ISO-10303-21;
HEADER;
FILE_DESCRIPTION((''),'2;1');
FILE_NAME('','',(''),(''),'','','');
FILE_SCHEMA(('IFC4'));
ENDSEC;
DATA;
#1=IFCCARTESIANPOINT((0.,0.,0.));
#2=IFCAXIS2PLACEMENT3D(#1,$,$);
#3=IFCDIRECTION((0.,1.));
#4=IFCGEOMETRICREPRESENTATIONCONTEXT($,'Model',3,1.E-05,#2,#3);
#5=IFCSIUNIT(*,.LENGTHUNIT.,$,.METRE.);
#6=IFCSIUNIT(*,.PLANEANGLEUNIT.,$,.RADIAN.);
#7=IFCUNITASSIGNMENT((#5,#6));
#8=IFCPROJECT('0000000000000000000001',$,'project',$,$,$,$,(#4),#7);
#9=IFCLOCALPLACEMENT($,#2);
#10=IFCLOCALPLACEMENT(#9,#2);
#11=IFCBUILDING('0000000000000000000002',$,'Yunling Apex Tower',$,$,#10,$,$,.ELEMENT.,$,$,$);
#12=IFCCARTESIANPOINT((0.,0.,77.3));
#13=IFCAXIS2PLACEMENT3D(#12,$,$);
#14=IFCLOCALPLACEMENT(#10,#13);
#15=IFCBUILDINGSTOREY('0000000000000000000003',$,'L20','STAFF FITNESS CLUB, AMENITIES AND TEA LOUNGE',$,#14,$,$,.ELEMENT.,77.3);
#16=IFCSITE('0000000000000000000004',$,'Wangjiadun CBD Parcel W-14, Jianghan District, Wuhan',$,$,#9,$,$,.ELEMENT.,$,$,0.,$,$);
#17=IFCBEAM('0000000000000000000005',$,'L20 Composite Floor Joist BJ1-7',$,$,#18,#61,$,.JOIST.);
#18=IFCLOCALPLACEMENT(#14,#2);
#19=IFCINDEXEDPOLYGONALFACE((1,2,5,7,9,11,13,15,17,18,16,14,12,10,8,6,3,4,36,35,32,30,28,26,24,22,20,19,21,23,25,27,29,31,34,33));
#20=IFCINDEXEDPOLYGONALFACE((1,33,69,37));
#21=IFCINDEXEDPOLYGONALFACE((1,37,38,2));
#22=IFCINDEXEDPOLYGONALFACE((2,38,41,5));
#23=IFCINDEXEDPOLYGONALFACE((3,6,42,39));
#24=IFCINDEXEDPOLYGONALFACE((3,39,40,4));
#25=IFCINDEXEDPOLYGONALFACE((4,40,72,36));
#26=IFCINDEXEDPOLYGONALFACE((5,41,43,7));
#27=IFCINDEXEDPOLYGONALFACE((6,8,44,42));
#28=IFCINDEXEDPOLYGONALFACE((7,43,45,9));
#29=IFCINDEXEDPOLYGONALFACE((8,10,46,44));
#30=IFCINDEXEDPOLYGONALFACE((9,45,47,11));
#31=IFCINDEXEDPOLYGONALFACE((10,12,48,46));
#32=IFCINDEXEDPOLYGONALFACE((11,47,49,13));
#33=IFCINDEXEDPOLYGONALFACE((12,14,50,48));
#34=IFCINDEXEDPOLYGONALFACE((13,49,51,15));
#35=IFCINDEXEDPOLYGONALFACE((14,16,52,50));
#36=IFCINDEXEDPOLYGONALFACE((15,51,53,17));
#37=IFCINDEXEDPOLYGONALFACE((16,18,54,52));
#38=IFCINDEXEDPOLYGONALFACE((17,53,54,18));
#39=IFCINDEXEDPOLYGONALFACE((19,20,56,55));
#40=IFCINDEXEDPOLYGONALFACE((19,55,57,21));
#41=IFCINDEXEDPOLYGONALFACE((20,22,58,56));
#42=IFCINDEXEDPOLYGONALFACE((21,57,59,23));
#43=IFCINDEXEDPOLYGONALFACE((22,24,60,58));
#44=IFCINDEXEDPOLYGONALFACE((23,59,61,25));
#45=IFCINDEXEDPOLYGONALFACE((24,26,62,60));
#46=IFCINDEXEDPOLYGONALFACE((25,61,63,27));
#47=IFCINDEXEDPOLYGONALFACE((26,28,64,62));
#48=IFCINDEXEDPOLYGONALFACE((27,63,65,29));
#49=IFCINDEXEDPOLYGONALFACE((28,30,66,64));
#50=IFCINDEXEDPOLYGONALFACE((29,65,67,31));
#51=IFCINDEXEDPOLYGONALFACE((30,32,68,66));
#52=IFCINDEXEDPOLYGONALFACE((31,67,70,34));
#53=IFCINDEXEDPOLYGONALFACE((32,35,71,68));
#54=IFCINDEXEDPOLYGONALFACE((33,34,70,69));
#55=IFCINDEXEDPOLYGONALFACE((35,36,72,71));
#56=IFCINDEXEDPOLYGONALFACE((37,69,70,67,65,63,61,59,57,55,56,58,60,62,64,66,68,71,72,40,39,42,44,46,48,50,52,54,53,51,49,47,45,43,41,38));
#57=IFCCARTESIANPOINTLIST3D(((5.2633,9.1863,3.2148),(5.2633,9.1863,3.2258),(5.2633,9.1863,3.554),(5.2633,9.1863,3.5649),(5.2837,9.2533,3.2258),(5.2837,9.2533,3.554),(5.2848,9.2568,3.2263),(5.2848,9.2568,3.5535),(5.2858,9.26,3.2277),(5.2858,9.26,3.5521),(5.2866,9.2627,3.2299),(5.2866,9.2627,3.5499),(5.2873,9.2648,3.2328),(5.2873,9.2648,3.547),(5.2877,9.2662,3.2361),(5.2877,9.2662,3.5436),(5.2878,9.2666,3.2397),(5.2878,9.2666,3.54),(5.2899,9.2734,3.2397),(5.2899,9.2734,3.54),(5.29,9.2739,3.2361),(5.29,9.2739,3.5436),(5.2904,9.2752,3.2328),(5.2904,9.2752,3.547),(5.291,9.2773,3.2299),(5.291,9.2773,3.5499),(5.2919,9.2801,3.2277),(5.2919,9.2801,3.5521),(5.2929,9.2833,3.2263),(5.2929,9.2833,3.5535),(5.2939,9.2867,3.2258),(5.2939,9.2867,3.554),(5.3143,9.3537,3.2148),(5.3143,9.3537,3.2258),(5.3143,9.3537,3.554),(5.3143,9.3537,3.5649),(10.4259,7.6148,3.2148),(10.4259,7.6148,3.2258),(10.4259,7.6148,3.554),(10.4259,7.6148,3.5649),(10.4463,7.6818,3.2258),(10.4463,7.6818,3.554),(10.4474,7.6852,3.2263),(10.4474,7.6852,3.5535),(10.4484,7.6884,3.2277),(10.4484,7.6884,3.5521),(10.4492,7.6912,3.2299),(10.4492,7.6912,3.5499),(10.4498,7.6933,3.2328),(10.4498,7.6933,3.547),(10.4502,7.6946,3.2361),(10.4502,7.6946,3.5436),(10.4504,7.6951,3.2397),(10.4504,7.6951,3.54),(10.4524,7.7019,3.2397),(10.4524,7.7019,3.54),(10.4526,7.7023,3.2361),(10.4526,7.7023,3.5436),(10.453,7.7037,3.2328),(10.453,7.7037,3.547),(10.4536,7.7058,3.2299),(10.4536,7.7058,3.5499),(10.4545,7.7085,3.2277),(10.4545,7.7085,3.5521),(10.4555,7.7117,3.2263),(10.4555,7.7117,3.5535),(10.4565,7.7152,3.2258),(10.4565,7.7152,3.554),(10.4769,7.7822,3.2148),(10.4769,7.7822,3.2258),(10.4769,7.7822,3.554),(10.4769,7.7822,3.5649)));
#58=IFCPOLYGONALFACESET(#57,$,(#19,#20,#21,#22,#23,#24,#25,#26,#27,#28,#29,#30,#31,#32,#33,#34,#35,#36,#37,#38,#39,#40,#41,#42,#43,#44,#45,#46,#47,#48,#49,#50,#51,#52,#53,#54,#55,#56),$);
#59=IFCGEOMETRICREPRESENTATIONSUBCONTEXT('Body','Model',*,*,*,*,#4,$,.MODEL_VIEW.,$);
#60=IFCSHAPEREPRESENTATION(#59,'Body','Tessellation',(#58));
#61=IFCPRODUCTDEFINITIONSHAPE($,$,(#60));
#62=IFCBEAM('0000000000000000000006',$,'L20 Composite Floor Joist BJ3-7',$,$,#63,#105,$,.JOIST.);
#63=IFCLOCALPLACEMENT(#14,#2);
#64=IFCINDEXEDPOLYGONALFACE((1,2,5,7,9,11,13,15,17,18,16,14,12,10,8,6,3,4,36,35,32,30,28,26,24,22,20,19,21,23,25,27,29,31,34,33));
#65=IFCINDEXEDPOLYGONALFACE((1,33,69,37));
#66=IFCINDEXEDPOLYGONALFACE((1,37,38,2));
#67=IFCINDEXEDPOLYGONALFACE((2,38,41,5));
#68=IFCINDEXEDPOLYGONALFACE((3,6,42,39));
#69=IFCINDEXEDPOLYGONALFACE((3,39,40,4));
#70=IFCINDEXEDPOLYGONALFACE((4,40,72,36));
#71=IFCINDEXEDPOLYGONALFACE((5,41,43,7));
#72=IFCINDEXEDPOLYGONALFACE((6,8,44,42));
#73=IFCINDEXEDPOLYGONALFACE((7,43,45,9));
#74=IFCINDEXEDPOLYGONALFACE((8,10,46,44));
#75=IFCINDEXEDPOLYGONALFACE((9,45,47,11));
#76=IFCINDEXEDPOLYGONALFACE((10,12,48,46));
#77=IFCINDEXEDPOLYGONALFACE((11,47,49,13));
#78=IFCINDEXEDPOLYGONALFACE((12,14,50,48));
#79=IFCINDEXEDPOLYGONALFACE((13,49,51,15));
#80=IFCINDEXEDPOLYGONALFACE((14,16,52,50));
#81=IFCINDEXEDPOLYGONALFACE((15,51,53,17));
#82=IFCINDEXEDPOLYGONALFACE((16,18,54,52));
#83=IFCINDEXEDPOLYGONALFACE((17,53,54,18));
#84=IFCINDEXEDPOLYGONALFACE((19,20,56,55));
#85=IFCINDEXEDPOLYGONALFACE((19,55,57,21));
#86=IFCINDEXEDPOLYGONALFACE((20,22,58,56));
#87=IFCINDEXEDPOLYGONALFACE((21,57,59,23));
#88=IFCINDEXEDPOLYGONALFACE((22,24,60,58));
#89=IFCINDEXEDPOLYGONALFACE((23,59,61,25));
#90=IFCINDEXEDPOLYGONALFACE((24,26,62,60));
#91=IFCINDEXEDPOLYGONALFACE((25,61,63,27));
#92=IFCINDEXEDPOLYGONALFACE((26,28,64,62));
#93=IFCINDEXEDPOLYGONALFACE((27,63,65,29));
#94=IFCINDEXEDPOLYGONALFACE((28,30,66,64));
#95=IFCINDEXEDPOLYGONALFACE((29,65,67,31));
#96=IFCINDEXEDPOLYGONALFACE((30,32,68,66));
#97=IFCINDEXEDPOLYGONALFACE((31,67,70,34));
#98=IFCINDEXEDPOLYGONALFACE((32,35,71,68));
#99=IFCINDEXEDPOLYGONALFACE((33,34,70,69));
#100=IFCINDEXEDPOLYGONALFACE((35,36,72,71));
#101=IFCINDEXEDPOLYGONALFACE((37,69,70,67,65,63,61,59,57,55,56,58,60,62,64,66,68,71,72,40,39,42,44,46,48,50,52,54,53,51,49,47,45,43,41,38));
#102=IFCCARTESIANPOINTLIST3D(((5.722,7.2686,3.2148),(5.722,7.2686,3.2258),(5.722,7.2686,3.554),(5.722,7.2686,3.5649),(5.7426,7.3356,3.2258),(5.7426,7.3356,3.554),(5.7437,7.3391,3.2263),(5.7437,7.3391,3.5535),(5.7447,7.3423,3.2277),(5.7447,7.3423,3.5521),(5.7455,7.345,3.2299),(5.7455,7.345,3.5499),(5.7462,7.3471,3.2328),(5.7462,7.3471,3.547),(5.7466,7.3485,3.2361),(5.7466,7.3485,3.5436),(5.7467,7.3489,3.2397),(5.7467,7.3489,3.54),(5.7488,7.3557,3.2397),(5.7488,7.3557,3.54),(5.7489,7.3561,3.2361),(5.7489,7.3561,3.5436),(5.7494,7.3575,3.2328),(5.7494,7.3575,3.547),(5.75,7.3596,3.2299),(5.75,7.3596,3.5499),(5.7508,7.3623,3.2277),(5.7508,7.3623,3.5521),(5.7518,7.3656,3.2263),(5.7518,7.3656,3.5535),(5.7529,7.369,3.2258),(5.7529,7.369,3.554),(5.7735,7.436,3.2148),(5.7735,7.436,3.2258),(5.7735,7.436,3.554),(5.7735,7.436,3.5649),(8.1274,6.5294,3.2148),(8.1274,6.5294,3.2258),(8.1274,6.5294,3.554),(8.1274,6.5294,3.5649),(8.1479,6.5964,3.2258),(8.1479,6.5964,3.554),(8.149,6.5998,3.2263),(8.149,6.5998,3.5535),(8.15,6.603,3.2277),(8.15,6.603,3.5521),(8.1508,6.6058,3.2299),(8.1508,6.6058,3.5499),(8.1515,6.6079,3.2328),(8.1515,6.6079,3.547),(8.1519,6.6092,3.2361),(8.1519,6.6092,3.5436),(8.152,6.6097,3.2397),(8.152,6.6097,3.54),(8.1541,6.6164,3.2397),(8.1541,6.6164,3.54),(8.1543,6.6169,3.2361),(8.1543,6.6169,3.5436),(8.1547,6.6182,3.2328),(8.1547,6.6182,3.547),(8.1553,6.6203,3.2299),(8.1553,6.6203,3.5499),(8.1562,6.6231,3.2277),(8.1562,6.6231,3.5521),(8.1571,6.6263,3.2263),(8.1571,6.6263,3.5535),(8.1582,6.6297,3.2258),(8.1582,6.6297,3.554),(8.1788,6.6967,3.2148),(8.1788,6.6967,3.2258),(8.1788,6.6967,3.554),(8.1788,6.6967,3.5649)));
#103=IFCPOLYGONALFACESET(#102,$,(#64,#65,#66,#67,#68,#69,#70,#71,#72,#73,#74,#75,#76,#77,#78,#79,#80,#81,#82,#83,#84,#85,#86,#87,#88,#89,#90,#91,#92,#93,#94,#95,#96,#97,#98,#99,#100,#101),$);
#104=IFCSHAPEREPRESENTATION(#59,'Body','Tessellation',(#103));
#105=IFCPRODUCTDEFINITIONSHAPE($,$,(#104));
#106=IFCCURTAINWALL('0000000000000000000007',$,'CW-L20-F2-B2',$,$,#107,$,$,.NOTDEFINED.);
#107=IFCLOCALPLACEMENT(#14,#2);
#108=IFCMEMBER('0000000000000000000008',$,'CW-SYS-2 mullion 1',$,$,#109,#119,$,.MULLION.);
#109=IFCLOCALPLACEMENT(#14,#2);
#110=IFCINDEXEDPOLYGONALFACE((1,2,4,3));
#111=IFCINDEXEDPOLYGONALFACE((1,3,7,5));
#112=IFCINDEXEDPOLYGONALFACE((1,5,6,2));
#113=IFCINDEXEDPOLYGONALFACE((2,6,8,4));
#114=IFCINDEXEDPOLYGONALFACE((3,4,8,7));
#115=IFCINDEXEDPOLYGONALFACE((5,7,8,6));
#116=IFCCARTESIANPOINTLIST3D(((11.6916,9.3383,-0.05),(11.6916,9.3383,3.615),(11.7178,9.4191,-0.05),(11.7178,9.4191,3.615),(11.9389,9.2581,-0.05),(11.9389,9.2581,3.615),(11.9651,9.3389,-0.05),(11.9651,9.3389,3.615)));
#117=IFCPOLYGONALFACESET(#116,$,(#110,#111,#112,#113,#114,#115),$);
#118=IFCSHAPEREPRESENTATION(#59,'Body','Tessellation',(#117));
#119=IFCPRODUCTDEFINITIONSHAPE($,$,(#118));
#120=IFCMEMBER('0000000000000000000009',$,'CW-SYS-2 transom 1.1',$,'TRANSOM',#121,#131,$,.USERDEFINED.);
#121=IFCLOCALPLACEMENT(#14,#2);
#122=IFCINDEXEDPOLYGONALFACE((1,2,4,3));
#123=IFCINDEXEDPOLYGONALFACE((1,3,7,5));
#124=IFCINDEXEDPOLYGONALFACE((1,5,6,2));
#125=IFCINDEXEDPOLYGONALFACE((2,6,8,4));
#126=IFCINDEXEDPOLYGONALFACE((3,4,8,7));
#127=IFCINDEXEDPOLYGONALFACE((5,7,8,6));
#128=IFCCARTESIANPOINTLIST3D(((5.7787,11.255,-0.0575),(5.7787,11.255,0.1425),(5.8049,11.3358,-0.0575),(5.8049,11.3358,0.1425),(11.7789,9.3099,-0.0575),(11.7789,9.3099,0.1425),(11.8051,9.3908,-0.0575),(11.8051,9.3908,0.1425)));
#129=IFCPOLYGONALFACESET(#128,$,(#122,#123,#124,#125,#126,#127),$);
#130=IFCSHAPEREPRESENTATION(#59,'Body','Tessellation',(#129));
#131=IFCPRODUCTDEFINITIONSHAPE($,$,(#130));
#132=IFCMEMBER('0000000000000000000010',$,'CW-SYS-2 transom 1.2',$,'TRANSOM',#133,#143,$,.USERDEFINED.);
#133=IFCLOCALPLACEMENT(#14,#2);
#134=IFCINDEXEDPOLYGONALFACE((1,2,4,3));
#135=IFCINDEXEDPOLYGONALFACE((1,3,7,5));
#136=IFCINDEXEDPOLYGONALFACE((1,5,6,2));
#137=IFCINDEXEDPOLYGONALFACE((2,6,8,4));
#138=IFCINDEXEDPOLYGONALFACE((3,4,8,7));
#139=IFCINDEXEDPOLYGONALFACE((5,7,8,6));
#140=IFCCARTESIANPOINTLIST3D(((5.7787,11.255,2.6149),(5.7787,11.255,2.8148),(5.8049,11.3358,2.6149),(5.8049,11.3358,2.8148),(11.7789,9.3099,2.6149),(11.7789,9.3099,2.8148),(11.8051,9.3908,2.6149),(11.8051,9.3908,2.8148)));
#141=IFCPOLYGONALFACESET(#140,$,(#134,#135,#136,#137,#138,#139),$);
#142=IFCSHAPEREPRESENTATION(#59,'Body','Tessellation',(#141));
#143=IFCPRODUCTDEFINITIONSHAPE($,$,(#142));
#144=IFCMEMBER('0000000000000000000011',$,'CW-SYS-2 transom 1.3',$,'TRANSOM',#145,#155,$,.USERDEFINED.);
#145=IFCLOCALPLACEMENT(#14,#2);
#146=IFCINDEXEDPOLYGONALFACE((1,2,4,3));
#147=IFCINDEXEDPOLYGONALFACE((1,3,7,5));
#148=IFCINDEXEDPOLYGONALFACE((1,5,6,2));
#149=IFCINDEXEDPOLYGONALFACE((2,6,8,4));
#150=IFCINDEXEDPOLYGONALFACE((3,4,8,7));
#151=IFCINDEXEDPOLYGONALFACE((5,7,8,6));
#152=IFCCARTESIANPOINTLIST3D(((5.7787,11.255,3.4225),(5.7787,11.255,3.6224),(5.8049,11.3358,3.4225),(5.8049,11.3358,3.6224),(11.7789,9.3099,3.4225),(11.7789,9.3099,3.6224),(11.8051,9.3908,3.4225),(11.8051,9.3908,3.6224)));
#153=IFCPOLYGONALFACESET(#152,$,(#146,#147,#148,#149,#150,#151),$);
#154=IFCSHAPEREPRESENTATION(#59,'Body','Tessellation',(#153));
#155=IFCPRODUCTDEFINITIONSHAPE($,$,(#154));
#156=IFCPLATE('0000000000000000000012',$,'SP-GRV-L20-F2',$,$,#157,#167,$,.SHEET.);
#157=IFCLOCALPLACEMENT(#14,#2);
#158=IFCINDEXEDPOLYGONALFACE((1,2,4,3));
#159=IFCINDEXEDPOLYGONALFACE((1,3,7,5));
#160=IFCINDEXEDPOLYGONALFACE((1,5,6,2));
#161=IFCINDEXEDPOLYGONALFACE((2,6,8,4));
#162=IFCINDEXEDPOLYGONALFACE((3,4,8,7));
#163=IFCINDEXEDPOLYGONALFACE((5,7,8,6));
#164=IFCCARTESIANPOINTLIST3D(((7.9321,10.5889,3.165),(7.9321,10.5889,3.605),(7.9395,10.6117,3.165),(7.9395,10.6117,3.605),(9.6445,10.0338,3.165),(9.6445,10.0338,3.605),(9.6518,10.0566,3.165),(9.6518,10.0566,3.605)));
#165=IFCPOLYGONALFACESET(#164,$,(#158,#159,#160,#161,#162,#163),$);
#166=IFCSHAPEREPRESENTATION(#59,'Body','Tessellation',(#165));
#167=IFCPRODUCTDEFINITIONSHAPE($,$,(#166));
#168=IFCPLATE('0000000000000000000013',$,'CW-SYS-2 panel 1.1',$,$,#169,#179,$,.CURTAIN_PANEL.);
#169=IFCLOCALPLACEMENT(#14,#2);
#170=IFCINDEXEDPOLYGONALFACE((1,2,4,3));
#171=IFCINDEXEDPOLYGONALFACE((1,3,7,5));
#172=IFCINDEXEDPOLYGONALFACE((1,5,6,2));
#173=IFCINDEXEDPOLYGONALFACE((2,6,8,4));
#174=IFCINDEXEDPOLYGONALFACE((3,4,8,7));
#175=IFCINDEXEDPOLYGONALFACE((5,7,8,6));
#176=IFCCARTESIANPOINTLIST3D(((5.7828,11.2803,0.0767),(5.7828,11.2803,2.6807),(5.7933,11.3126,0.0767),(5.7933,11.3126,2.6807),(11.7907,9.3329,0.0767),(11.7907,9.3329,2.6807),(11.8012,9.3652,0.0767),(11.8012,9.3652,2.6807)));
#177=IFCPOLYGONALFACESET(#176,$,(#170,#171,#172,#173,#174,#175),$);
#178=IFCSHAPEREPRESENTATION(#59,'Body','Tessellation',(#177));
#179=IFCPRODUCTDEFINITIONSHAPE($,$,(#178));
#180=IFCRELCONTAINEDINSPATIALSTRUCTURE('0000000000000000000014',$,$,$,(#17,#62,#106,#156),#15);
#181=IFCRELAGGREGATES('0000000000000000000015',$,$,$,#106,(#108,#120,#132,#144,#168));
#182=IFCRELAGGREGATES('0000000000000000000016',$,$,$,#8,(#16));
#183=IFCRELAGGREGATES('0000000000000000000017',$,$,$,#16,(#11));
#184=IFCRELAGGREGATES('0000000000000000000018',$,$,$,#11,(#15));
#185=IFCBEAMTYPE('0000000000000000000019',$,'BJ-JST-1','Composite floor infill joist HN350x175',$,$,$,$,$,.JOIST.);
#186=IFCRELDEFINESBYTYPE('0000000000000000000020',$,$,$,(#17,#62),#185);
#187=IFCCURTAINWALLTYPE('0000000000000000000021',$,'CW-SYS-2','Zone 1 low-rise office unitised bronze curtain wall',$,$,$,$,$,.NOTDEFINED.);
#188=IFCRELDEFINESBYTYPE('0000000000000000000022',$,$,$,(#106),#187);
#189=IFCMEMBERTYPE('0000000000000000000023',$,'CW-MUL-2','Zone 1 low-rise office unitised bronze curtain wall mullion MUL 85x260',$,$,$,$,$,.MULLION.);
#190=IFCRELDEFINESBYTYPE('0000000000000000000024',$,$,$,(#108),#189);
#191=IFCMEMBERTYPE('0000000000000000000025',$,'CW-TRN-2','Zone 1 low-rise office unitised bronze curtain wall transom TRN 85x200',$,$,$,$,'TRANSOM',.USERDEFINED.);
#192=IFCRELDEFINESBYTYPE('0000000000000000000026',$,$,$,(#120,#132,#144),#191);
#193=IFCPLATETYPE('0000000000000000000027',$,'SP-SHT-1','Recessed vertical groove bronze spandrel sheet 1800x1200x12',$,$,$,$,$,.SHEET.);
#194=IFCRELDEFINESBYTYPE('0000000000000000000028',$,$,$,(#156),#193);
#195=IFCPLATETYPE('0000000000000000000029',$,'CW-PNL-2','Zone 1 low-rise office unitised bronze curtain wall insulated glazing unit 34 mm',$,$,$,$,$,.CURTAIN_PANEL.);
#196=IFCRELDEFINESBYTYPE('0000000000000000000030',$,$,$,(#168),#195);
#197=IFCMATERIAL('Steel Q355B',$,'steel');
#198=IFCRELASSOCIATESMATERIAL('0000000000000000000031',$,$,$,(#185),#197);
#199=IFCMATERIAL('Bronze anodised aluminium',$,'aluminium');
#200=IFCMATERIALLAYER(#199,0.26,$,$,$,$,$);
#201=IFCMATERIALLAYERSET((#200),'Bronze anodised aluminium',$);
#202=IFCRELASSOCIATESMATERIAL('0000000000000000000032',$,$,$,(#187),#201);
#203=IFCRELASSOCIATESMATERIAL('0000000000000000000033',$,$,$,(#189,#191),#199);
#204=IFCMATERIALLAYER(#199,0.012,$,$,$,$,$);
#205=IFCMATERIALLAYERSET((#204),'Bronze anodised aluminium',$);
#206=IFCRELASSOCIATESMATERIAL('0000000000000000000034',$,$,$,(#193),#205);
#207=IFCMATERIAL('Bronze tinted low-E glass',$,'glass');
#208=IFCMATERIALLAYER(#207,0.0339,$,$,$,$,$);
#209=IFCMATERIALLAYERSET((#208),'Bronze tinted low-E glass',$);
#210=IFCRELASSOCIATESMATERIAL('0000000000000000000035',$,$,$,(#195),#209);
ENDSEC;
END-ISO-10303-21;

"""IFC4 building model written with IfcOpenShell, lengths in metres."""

from ifc_helpers import new_model, si_unit, direction, frame, origin, origin_2d, place, context, subcontext, project, spatial, rectangle, i_section, extrude, source, transform, mapped, material, layer, layer_set, material_profile, profile_set, type_object, element, aggregate, save


model = new_model("IFC4")

# Units and contexts
model_context = context("Model", 3, precision=1e-05, world=origin(), true_north=direction((0.0, 1.0)))
body_context = subcontext(model_context, "Body", "Model", "MODEL_VIEW")
ifc_project = project(units=[si_unit("LENGTHUNIT", "METRE"), si_unit("PLANEANGLEUNIT", "RADIAN")], contexts=[model_context])

# Site, building, storey
site_placement = place(None, origin())
site = spatial("IfcSite", under=ifc_project, at=site_placement, Name="Wangjiadun CBD Parcel W-14, Jianghan District, Wuhan", CompositionType="ELEMENT", RefElevation=0.0)
building_placement = place(site_placement, origin())
building = spatial("IfcBuilding", under=site, at=building_placement, Name="Yunling Apex Tower", CompositionType="ELEMENT")
storey_placement = place(building_placement, frame((0.0, 0.0, 77.3)))
storey = spatial("IfcBuildingStorey", under=building, at=storey_placement, Name="L20", Description="STAFF FITNESS CLUB, AMENITIES AND TEA LOUNGE", CompositionType="ELEMENT", Elevation=77.3)

# Beams
ifc_material_1 = material(Name="Steel Q355B", Category="steel")
ifc_material_profile_1 = material_profile(ifc_material_1, i_section(OverallWidth=0.175, OverallDepth=0.3501, WebThickness=0.0071, FlangeThickness=0.011, FilletRadius=0.0139, at=origin_2d()))
ifc_profile_set_1 = profile_set([ifc_material_profile_1], Name="Steel Q355B")
beam_type_1 = type_object("IfcBeamType", Name="BJ-JST-1", Description="Composite floor infill joist HN350x175", PredefinedType="JOIST", material=ifc_profile_set_1)
shared_shape_1 = source(origin(), body_context, "Body", "SweptSolid", [
    extrude(i_section(OverallWidth=0.175, OverallDepth=0.3501, WebThickness=0.0071, FlangeThickness=0.011, FilletRadius=0.0139, at=origin_2d()), origin(), (0.0, 0.0, 1.0), 5.3965),
])
beam_1_placement = place(storey_placement, frame((10.4514, 7.6985, 3.3899), z_axis=(-0.956658, 0.291214, 0.0), x_axis=(-0.291214, -0.956658, 0.0)))
element("IfcBeam", 1, at=beam_1_placement, inside=storey, type_object=beam_type_1, Name="L20 Composite Floor Joist BJ1-7", PredefinedType="JOIST", context=body_context, shape_type="MappedRepresentation", body=[
    mapped(shared_shape_1, transform((0.0, 0.0, 0.0), scale=1.0)),
])
shared_shape_2 = source(origin(), body_context, "Body", "SweptSolid", [
    extrude(i_section(OverallWidth=0.175, OverallDepth=0.3501, WebThickness=0.0071, FlangeThickness=0.011, FilletRadius=0.0139, at=origin_2d()), origin(), (0.0, 0.0, 1.0), 2.5164),
])
beam_2_placement = place(storey_placement, frame((8.1531, 6.613, 3.3899), z_axis=(-0.955871, 0.293786, 0.0), x_axis=(-0.293786, -0.955871, 0.0)))
element("IfcBeam", 2, at=beam_2_placement, inside=storey, type_object=beam_type_1, Name="L20 Composite Floor Joist BJ3-7", PredefinedType="JOIST", context=body_context, shape_type="MappedRepresentation", body=[
    mapped(shared_shape_2, transform((0.0, 0.0, 0.0), scale=1.0)),
])

# Curtain wall, members
ifc_material_2 = material(Name="Bronze anodised aluminium", Category="aluminium")
ifc_layer_1 = layer(ifc_material_2, 0.26)
ifc_layer_set_1 = layer_set([ifc_layer_1], Name="Bronze anodised aluminium")
curtain_wall_type = type_object("IfcCurtainWallType", Name="CW-SYS-2", Description="Zone 1 low-rise office unitised bronze curtain wall", PredefinedType="NOTDEFINED", material=ifc_layer_set_1)
curtain_wall_placement = place(storey_placement, origin())
curtain_wall = element("IfcCurtainWall", 3, at=curtain_wall_placement, inside=storey, type_object=curtain_wall_type, Name="CW-L20-F2-B2", PredefinedType="NOTDEFINED")
ifc_material_profile_2 = material_profile(ifc_material_2, rectangle(XDim=0.085, YDim=0.26, at=origin_2d()))
ifc_profile_set_2 = profile_set([ifc_material_profile_2], Name="Bronze anodised aluminium")
member_type_1 = type_object("IfcMemberType", Name="CW-MUL-2", Description="Zone 1 low-rise office unitised bronze curtain wall mullion MUL 85x260", PredefinedType="MULLION", material=ifc_profile_set_2)
shared_shape_3 = source(origin(), body_context, "Body", "SweptSolid", [
    extrude(rectangle(XDim=0.085, YDim=0.26, at=origin_2d()), origin(), (0.0, 0.0, 1.0), 3.665),
])
member_1_placement = place(storey_placement, frame((11.8284, 9.3386, -0.05), z_axis=(0.0, 0.0, 1.0), x_axis=(-0.308352, -0.951272, 0.0)))
member_1 = element("IfcMember", 4, at=member_1_placement, type_object=member_type_1, Name="CW-SYS-2 mullion 1", PredefinedType="MULLION", context=body_context, shape_type="MappedRepresentation", body=[
    mapped(shared_shape_3, transform((0.0, 0.0, 0.0), scale=1.0)),
])
ifc_material_profile_3 = material_profile(ifc_material_2, rectangle(XDim=0.085, YDim=0.2, at=origin_2d()))
ifc_profile_set_3 = profile_set([ifc_material_profile_3], Name="Bronze anodised aluminium")
member_type_2 = type_object("IfcMemberType", Name="CW-TRN-2", Description="Zone 1 low-rise office unitised bronze curtain wall transom TRN 85x200", ElementType="TRANSOM", PredefinedType="USERDEFINED", material=ifc_profile_set_3)
shared_shape_4 = source(origin(), body_context, "Body", "SweptSolid", [
    extrude(rectangle(XDim=0.085, YDim=0.2, at=origin_2d()), origin(), (0.0, 0.0, 1.0), 6.3076),
])
member_2_placement = place(storey_placement, frame((11.792, 9.3503, 0.0425), z_axis=(-0.951267, 0.308367, 0.0), x_axis=(-0.308367, -0.951267, 0.0)))
member_2 = element("IfcMember", 5, at=member_2_placement, type_object=member_type_2, Name="CW-SYS-2 transom 1.1", ObjectType="TRANSOM", PredefinedType="USERDEFINED", context=body_context, shape_type="MappedRepresentation", body=[
    mapped(shared_shape_4, transform((0.0, 0.0, 0.0), scale=1.0)),
])
member_3_placement = place(storey_placement, frame((11.792, 9.3503, 2.7148), z_axis=(-0.951267, 0.308367, 0.0), x_axis=(-0.308367, -0.951267, 0.0)))
member_3 = element("IfcMember", 6, at=member_3_placement, type_object=member_type_2, Name="CW-SYS-2 transom 1.2", ObjectType="TRANSOM", PredefinedType="USERDEFINED", context=body_context, shape_type="MappedRepresentation", body=[
    mapped(shared_shape_4, transform((0.0, 0.0, 0.0), scale=1.0)),
])
member_4_placement = place(storey_placement, frame((11.792, 9.3503, 3.5225), z_axis=(-0.951267, 0.308367, 0.0), x_axis=(-0.308367, -0.951267, 0.0)))
member_4 = element("IfcMember", 7, at=member_4_placement, type_object=member_type_2, Name="CW-SYS-2 transom 1.3", ObjectType="TRANSOM", PredefinedType="USERDEFINED", context=body_context, shape_type="MappedRepresentation", body=[
    mapped(shared_shape_4, transform((0.0, 0.0, 0.0), scale=1.0)),
])

# Plates
ifc_layer_2 = layer(ifc_material_2, 0.012)
ifc_layer_set_2 = layer_set([ifc_layer_2], Name="Bronze anodised aluminium")
plate_type_1 = type_object("IfcPlateType", Name="SP-SHT-1", Description="Recessed vertical groove bronze spandrel sheet 1800x1200x12", PredefinedType="SHEET", material=ifc_layer_set_2)
shared_shape_5 = source(origin(), body_context, "Body", "SweptSolid", [
    extrude(rectangle(XDim=1.8, YDim=0.0239, at=origin_2d()), origin(), (0.0, 0.0, 1.0), 0.4399),
])
plate_1_placement = place(storey_placement, frame((8.792, 10.3228, 3.165), z_axis=(0.0, 0.0, 1.0), x_axis=(-0.951272, 0.308353, 0.0)))
element("IfcPlate", 8, at=plate_1_placement, inside=storey, type_object=plate_type_1, Name="SP-GRV-L20-F2", PredefinedType="SHEET", context=body_context, shape_type="MappedRepresentation", body=[
    mapped(shared_shape_5, transform((0.0, 0.0, 0.0), scale=1.0)),
])
ifc_material_3 = material(Name="Bronze tinted low-E glass", Category="glass")
ifc_layer_3 = layer(ifc_material_3, 0.0339)
ifc_layer_set_3 = layer_set([ifc_layer_3], Name="Bronze tinted low-E glass")
plate_type_2 = type_object("IfcPlateType", Name="CW-PNL-2", Description="Zone 1 low-rise office unitised bronze curtain wall insulated glazing unit 34 mm", PredefinedType="CURTAIN_PANEL", material=ifc_layer_set_3)
shared_shape_6 = source(origin(), body_context, "Body", "SweptSolid", [
    extrude(rectangle(XDim=6.3157, YDim=0.0339, at=origin_2d()), origin(), (0.0, 0.0, 1.0), 2.604),
])
plate_2_placement = place(storey_placement, frame((8.792, 10.3228, 0.0767), z_axis=(0.0, 0.0, 1.0), x_axis=(-0.951272, 0.308352, 0.0)))
plate_2 = element("IfcPlate", 9, at=plate_2_placement, type_object=plate_type_2, Name="CW-SYS-2 panel 1.1", PredefinedType="CURTAIN_PANEL", context=body_context, shape_type="MappedRepresentation", body=[
    mapped(shared_shape_6, transform((0.0, 0.0, 0.0), scale=1.0)),
])
aggregate(curtain_wall, [member_1, member_2, member_3, member_4, plate_2])

save(model, "model.ifc")
